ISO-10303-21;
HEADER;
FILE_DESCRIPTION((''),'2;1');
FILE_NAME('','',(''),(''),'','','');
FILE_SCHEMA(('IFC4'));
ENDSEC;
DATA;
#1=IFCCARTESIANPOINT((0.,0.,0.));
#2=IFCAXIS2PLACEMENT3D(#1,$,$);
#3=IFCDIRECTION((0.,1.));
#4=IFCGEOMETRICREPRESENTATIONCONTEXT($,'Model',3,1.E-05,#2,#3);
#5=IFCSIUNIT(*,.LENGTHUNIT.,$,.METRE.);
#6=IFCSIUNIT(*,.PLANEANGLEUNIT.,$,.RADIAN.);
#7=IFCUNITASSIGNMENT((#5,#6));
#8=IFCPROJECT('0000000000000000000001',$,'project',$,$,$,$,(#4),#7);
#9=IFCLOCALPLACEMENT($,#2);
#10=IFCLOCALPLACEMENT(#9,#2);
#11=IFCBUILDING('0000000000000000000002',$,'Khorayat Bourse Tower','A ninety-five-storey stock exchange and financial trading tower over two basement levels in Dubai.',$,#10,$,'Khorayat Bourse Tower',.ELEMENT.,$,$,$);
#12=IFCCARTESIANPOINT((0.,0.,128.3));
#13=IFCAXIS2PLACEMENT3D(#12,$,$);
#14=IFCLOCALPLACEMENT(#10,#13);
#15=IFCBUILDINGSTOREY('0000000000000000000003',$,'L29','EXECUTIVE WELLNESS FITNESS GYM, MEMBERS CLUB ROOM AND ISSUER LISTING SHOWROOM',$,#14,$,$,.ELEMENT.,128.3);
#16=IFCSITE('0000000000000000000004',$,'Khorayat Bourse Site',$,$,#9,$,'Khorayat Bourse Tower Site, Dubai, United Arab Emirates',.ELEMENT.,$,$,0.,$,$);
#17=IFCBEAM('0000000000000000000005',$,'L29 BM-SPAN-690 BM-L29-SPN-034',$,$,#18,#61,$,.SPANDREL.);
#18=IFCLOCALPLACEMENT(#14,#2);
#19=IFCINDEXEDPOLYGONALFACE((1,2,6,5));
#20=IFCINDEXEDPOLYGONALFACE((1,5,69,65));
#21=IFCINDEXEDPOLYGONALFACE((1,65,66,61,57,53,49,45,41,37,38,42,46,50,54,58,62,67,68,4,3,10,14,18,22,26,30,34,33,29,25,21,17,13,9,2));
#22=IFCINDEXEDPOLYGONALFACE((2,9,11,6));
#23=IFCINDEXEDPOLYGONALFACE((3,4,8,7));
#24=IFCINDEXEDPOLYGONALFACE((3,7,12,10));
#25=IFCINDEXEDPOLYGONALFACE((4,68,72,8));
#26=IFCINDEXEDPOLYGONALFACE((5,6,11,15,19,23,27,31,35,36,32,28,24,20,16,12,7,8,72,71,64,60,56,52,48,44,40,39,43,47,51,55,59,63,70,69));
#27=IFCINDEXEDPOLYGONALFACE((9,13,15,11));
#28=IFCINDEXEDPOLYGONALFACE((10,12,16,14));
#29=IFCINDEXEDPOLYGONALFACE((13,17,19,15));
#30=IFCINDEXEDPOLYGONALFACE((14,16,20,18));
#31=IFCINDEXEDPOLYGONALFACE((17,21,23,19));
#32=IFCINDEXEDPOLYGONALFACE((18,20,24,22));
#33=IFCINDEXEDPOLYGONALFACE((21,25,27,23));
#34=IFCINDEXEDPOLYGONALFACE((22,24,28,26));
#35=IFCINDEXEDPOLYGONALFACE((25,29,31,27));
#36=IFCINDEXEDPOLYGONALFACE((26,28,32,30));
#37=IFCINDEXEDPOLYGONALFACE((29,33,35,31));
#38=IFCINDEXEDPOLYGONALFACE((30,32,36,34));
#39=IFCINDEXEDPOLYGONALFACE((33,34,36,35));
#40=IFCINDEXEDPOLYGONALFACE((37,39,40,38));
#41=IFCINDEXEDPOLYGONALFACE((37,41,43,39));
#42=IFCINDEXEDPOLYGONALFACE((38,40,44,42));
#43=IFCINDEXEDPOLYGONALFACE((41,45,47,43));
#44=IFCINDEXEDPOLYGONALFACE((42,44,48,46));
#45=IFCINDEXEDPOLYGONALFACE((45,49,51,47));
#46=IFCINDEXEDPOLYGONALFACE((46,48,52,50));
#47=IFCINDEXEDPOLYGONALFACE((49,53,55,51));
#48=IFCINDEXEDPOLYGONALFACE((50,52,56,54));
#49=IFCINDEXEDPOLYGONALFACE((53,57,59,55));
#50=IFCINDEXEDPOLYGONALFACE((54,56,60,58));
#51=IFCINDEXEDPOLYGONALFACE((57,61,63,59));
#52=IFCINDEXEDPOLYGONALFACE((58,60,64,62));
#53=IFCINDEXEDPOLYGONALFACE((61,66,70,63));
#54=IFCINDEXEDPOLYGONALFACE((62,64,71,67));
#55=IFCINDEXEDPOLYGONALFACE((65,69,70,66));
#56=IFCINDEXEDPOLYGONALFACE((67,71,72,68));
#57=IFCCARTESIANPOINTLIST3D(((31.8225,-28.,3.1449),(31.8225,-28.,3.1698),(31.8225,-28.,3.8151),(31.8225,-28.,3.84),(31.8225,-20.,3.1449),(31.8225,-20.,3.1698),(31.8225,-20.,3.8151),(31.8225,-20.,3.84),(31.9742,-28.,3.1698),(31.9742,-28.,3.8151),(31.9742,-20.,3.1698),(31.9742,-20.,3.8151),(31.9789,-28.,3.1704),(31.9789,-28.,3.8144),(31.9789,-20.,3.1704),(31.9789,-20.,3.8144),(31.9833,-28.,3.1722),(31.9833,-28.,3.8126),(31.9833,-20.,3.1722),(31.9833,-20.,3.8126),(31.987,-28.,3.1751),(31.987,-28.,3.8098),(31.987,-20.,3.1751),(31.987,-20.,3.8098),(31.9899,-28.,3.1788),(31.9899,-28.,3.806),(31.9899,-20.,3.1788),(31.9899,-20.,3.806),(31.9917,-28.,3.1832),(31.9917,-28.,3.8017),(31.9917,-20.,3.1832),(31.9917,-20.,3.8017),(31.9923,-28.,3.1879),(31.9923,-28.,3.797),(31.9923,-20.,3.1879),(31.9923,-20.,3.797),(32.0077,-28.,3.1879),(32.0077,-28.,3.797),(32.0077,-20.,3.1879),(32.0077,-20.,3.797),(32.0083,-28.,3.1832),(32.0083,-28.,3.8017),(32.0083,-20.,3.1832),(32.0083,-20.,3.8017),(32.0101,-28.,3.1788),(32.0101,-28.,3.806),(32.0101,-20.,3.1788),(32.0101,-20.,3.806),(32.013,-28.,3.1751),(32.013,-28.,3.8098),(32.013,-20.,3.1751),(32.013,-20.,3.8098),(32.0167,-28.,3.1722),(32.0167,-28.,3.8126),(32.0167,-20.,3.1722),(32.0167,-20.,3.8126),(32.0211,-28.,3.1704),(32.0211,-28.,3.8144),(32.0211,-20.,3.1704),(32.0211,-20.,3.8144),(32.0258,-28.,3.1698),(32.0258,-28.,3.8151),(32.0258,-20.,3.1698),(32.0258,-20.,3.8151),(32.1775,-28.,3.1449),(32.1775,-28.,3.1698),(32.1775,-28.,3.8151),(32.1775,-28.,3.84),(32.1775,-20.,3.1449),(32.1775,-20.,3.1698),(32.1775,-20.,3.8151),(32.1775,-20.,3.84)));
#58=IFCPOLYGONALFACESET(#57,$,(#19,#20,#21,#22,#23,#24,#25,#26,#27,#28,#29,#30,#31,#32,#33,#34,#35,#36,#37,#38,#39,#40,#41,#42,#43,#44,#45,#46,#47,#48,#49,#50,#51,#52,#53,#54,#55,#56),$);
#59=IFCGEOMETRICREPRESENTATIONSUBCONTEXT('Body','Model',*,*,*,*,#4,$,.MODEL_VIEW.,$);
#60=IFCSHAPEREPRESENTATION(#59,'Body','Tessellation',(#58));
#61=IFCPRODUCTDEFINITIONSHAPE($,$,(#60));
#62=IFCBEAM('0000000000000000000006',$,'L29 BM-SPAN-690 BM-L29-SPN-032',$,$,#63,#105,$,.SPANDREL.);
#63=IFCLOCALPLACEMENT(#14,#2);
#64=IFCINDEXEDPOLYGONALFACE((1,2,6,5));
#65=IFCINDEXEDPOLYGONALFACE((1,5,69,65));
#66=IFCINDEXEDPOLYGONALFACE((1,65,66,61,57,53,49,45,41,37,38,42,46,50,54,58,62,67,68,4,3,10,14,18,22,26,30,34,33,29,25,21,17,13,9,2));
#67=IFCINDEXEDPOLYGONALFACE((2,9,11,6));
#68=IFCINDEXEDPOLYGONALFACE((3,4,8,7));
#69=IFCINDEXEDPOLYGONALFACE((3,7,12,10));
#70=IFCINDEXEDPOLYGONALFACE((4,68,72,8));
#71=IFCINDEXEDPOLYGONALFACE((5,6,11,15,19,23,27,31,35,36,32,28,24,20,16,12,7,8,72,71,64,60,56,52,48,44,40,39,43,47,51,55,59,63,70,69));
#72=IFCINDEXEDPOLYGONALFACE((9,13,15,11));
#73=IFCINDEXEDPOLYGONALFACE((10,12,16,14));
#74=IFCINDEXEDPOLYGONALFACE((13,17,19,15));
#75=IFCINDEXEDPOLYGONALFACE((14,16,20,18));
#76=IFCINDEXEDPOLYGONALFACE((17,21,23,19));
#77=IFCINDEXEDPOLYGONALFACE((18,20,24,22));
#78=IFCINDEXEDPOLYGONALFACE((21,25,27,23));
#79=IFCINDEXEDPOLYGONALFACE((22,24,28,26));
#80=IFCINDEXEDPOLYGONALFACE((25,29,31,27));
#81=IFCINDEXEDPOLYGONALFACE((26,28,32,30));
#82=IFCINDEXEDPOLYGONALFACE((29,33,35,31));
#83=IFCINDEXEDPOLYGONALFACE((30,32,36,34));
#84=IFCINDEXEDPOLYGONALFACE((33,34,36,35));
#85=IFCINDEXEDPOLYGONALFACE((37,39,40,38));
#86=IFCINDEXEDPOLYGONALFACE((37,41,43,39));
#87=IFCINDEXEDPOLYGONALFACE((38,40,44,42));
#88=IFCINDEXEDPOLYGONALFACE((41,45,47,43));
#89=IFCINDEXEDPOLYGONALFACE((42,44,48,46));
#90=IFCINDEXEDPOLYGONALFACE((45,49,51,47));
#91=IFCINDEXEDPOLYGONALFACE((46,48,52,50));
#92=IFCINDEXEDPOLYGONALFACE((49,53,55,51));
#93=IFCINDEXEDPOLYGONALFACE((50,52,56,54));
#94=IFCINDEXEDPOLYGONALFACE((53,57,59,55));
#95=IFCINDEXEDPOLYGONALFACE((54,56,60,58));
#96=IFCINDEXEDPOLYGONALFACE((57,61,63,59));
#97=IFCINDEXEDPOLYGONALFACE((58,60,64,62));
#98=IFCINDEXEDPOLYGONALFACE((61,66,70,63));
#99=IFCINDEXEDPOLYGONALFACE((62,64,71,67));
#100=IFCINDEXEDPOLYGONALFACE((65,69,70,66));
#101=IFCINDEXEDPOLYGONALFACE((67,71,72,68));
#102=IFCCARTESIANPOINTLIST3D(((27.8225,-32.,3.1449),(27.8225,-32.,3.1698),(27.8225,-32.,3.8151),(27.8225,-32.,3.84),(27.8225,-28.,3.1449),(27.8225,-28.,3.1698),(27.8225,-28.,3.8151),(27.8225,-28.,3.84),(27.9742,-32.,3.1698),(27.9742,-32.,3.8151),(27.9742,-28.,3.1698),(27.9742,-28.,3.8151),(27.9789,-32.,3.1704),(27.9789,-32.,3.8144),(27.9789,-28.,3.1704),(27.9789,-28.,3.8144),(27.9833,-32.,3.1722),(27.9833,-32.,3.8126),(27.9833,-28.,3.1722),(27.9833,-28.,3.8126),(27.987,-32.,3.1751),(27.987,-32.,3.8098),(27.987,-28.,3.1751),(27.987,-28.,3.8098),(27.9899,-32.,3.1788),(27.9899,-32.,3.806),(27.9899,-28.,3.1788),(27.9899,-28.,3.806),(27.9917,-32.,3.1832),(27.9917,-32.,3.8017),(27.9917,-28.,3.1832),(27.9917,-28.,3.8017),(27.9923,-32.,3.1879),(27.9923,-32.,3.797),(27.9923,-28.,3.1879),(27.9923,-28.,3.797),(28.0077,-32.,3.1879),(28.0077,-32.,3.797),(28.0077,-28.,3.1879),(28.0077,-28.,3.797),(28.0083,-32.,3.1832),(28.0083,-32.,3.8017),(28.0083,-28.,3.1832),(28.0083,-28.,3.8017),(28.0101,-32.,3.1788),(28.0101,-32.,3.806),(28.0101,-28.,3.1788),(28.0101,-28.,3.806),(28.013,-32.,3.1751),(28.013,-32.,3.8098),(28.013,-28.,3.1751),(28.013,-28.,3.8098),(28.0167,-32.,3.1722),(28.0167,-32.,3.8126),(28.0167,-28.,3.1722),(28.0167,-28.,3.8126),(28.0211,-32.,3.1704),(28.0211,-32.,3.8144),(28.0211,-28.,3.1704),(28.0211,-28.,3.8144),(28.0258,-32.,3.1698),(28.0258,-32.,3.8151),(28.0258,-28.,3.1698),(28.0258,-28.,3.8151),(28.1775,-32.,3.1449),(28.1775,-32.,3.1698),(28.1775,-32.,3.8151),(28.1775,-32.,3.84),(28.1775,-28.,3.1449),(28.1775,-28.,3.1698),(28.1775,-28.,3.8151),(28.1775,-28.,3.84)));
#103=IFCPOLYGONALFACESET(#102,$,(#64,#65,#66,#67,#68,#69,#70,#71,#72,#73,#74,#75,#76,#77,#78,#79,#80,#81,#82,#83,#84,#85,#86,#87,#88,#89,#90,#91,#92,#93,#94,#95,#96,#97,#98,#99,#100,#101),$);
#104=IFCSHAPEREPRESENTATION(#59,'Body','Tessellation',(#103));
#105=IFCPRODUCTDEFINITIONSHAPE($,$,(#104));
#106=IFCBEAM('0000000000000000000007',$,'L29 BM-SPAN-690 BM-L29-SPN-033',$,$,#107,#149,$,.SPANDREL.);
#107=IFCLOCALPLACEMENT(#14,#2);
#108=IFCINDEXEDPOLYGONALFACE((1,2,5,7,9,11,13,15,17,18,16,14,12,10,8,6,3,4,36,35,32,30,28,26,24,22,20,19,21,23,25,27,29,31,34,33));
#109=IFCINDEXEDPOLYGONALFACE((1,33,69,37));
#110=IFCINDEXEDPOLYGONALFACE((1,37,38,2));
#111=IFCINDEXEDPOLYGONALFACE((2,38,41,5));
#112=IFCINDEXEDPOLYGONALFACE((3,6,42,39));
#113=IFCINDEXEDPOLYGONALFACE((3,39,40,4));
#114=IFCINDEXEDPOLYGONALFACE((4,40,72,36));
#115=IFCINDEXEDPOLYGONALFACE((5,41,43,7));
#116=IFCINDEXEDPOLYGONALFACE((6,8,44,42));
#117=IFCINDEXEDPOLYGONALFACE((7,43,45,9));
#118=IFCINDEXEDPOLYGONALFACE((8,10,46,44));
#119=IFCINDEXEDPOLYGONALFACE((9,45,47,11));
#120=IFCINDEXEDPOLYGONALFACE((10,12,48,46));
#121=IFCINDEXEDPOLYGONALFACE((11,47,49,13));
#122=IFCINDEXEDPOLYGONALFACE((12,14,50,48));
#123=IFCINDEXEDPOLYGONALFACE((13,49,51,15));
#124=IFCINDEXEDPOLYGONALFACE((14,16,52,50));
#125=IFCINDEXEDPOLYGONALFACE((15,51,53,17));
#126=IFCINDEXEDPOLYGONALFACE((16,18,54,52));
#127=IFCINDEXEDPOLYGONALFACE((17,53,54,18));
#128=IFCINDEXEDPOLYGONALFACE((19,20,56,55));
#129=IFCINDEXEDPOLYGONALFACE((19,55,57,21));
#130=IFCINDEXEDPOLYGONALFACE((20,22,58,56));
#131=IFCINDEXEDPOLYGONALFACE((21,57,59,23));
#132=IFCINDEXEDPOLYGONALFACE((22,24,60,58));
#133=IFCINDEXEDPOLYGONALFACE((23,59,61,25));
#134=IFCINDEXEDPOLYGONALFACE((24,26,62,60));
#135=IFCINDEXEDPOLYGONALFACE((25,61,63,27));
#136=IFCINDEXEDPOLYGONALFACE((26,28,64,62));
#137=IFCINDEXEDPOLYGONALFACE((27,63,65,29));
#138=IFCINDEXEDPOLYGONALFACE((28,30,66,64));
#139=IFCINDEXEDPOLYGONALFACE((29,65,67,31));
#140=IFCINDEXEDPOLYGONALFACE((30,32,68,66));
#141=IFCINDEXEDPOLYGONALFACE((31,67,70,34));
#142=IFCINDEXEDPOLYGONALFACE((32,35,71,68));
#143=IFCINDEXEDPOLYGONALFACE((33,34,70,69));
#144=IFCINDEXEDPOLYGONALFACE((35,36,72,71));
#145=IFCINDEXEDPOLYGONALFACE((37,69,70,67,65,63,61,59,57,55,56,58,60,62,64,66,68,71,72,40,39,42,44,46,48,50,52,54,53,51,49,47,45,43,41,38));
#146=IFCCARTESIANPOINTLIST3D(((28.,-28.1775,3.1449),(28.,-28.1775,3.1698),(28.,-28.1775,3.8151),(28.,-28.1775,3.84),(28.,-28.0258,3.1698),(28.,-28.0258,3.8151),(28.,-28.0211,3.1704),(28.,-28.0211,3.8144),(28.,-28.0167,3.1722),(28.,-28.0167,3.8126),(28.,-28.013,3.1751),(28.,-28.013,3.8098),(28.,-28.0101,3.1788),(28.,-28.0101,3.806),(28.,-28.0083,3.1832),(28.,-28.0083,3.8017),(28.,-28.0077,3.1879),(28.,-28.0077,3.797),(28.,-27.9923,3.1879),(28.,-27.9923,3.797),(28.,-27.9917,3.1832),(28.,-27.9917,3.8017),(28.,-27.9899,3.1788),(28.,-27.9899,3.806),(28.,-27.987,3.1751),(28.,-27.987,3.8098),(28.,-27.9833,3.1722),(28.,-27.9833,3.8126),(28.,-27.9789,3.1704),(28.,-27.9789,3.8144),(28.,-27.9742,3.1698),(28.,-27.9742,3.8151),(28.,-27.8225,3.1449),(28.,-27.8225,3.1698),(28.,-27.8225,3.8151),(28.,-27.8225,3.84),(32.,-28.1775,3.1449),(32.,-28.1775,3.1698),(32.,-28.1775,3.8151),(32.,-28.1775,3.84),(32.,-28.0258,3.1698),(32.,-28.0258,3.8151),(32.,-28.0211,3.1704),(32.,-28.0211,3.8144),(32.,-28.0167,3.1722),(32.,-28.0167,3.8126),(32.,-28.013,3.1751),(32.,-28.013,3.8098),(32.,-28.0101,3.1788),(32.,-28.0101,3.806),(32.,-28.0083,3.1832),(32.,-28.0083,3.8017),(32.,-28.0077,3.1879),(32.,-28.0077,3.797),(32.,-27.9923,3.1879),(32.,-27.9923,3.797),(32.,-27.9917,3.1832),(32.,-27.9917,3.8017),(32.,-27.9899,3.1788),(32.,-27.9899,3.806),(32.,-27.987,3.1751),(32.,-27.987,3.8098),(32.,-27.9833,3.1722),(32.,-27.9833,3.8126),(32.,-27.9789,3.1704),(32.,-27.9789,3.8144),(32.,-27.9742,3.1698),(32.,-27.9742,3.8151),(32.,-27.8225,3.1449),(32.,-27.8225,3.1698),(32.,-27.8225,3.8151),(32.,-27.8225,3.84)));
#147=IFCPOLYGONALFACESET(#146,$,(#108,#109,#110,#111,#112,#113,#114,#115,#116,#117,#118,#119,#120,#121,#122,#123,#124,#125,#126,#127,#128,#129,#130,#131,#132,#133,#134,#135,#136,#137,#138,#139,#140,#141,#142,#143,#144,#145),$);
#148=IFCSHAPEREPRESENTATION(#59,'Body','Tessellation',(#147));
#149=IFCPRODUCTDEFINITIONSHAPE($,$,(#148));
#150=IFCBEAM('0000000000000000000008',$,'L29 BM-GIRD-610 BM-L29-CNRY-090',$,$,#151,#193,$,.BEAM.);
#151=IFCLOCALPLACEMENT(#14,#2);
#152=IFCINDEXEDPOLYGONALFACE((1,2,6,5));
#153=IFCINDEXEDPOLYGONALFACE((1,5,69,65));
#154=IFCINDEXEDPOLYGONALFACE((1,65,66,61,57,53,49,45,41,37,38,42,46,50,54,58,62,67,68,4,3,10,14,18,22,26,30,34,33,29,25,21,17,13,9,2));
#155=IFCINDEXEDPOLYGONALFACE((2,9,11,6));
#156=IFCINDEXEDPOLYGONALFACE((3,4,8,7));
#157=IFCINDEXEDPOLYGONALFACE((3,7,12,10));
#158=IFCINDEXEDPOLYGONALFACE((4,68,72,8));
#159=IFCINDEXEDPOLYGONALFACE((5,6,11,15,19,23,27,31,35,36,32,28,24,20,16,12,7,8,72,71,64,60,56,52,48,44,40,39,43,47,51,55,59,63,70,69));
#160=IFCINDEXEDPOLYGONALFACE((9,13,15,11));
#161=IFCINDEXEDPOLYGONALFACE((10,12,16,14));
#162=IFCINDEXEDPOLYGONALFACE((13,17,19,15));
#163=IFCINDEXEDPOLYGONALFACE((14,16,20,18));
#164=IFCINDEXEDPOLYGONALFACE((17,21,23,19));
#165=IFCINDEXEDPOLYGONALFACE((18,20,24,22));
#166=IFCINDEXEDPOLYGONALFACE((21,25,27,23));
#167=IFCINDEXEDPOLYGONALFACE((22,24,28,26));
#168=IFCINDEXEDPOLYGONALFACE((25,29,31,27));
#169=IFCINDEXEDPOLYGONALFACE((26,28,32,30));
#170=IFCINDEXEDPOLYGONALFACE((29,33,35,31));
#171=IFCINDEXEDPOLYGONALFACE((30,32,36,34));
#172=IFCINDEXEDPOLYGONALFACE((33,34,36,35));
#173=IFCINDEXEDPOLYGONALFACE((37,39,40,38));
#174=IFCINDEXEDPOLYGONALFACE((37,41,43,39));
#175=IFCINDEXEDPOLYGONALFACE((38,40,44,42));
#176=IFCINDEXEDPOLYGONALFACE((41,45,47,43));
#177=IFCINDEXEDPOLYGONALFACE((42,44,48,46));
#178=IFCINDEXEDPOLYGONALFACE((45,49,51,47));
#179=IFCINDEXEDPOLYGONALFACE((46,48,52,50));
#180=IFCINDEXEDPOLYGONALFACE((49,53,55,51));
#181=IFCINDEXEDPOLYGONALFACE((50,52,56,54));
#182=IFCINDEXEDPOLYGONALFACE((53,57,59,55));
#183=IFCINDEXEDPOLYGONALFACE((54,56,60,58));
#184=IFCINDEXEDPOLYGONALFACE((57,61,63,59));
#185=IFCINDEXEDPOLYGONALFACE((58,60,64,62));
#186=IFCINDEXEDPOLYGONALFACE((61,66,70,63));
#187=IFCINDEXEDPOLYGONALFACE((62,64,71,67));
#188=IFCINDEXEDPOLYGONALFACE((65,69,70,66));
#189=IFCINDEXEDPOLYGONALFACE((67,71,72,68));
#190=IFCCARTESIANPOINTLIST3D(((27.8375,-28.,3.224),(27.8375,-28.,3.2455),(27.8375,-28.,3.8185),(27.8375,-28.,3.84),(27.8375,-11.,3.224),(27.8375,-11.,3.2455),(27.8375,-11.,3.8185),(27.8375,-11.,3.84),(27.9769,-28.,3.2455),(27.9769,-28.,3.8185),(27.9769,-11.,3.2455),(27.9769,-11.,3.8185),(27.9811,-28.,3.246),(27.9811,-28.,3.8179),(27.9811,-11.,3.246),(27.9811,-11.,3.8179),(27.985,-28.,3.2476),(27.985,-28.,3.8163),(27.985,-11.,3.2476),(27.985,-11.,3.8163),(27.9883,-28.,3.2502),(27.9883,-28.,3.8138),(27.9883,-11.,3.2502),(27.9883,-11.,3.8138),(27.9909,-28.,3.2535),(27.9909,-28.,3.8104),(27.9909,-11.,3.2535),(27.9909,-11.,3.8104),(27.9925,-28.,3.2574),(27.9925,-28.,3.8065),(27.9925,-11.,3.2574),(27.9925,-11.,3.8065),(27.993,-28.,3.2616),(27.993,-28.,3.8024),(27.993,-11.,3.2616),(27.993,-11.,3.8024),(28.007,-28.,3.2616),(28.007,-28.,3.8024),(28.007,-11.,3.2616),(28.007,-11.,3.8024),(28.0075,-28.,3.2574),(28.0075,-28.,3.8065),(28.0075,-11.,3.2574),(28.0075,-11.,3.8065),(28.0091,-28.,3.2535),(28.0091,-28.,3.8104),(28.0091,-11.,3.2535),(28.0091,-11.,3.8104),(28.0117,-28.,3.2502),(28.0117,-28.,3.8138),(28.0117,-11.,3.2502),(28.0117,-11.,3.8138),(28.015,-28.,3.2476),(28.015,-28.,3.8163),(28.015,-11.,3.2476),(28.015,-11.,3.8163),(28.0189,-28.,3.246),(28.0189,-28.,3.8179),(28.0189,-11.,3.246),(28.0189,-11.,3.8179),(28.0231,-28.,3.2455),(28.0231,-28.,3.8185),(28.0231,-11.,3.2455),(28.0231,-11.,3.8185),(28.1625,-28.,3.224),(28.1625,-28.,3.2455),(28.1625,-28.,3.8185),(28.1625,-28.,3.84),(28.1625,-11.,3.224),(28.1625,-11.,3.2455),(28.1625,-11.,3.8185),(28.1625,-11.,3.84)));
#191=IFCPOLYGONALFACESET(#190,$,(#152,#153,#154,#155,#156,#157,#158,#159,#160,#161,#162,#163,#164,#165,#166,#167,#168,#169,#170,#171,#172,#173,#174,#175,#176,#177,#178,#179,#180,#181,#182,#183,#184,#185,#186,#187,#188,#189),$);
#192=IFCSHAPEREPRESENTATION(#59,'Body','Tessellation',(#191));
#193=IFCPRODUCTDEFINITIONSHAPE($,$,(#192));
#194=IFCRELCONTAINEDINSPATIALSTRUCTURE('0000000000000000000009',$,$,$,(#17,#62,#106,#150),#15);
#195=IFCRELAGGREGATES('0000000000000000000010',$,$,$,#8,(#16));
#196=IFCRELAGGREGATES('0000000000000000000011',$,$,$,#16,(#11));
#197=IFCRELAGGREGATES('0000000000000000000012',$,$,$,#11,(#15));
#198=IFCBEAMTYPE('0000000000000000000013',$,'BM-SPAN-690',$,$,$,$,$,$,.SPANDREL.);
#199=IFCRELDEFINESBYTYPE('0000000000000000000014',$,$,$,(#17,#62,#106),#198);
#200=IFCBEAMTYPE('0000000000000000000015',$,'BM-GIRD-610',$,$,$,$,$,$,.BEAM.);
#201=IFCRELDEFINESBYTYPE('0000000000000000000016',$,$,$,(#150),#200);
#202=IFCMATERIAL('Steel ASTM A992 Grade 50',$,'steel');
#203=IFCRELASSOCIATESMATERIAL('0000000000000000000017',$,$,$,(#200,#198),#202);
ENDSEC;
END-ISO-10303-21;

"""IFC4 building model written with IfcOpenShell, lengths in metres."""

from ifc_helpers import new_model, si_unit, direction, frame, origin, origin_2d, place, context, subcontext, project, spatial, i_section, extrude, source, transform, mapped, material, material_profile, profile_set, type_object, element, save


model = new_model("IFC4")

# Units and contexts
model_context = context("Model", 3, precision=1e-05, world=origin(), true_north=direction((0.0, 1.0)))
body_context = subcontext(model_context, "Body", "Model", "MODEL_VIEW")
ifc_project = project(units=[si_unit("LENGTHUNIT", "METRE"), si_unit("PLANEANGLEUNIT", "RADIAN")], contexts=[model_context])

# Site, building, storey
site_placement = place(None, origin())
site = spatial("IfcSite", under=ifc_project, at=site_placement, Name="Khorayat Bourse Site", LongName="Khorayat Bourse Tower Site, Dubai, United Arab Emirates", CompositionType="ELEMENT", RefElevation=0.0)
building_placement = place(site_placement, origin())
building = spatial("IfcBuilding", under=site, at=building_placement, Name="Khorayat Bourse Tower", Description="A ninety-five-storey stock exchange and financial trading tower over two basement levels in Dubai.", LongName="Khorayat Bourse Tower", CompositionType="ELEMENT")
storey_placement = place(building_placement, frame((0.0, 0.0, 128.3)))
storey = spatial("IfcBuildingStorey", under=building, at=storey_placement, Name="L29", Description="EXECUTIVE WELLNESS FITNESS GYM, MEMBERS CLUB ROOM AND ISSUER LISTING SHOWROOM", CompositionType="ELEMENT", Elevation=128.3)

# Beams
ifc_material_1 = material(Name="Steel ASTM A992 Grade 50", Category="steel")
ifc_material_profile_1 = material_profile(ifc_material_1, i_section(OverallWidth=0.325, OverallDepth=0.616, WebThickness=0.0139, FlangeThickness=0.0215, FilletRadius=0.0161, at=origin_2d()), Name="W610X174")
ifc_profile_set_1 = profile_set([ifc_material_profile_1], Name="Steel ASTM A992 Grade 50")
beam_type_1 = type_object("IfcBeamType", Name="BM-GIRD-610", PredefinedType="BEAM", material=ifc_profile_set_1)
ifc_material_profile_2 = material_profile(ifc_material_1, i_section(OverallWidth=0.355, OverallDepth=0.6951, WebThickness=0.0154, FlangeThickness=0.0249, FilletRadius=0.0181, at=origin_2d()), Name="W690X217")
ifc_profile_set_2 = profile_set([ifc_material_profile_2], Name="Steel ASTM A992 Grade 50")
beam_type_2 = type_object("IfcBeamType", Name="BM-SPAN-690", PredefinedType="SPANDREL", material=ifc_profile_set_2)
shared_shape_1 = source(origin(), body_context, "Body", "SweptSolid", [
    extrude(i_section(OverallWidth=0.355, OverallDepth=0.6951, WebThickness=0.0154, FlangeThickness=0.0249, FilletRadius=0.0181, at=origin_2d()), origin(), (0.0, 0.0, 1.0), 8.0),
])
for number, where, z_axis, x_axis, name in (
    (1, (32.0, -28.0, 3.4924), (0.0, 1.0, 0.0), (-1.0, 0.0, 0.0), "L29 BM-SPAN-690 BM-L29-SPN-034"),
):
    element("IfcBeam", number, at=place(storey_placement, frame(where, z_axis=z_axis, x_axis=x_axis)), inside=storey, type_object=beam_type_2, Name=name, PredefinedType="SPANDREL", context=body_context, shape_type="MappedRepresentation", body=[
        mapped(shared_shape_1, transform((0.0, 0.0, 0.0), scale=1.0)),
    ])
shared_shape_2 = source(origin(), body_context, "Body", "SweptSolid", [
    extrude(i_section(OverallWidth=0.355, OverallDepth=0.6951, WebThickness=0.0154, FlangeThickness=0.0249, FilletRadius=0.0181, at=origin_2d()), origin(), (0.0, 0.0, 1.0), 4.0),
])
for number, where, z_axis, x_axis, name in (
    (2, (28.0, -32.0, 3.4924), (0.0, 1.0, 0.0), (-1.0, 0.0, 0.0), "L29 BM-SPAN-690 BM-L29-SPN-032"),
    (3, (28.0, -28.0, 3.4924), (1.0, 0.0, 0.0), (0.0, 1.0, 0.0), "L29 BM-SPAN-690 BM-L29-SPN-033"),
):
    element("IfcBeam", number, at=place(storey_placement, frame(where, z_axis=z_axis, x_axis=x_axis)), inside=storey, type_object=beam_type_2, Name=name, PredefinedType="SPANDREL", context=body_context, shape_type="MappedRepresentation", body=[
        mapped(shared_shape_2, transform((0.0, 0.0, 0.0), scale=1.0)),
    ])
shared_shape_3 = source(origin(), body_context, "Body", "SweptSolid", [
    extrude(i_section(OverallWidth=0.325, OverallDepth=0.616, WebThickness=0.0139, FlangeThickness=0.0215, FilletRadius=0.0161, at=origin_2d()), origin(), (0.0, 0.0, 1.0), 17.0),
])
beam_1_placement = place(storey_placement, frame((28.0, -28.0, 3.532), z_axis=(0.0, 1.0, 0.0), x_axis=(-1.0, 0.0, 0.0)))
element("IfcBeam", 4, at=beam_1_placement, inside=storey, type_object=beam_type_1, Name="L29 BM-GIRD-610 BM-L29-CNRY-090", PredefinedType="BEAM", context=body_context, shape_type="MappedRepresentation", body=[
    mapped(shared_shape_3, transform((0.0, 0.0, 0.0), scale=1.0)),
])

save(model, "model.ifc")
